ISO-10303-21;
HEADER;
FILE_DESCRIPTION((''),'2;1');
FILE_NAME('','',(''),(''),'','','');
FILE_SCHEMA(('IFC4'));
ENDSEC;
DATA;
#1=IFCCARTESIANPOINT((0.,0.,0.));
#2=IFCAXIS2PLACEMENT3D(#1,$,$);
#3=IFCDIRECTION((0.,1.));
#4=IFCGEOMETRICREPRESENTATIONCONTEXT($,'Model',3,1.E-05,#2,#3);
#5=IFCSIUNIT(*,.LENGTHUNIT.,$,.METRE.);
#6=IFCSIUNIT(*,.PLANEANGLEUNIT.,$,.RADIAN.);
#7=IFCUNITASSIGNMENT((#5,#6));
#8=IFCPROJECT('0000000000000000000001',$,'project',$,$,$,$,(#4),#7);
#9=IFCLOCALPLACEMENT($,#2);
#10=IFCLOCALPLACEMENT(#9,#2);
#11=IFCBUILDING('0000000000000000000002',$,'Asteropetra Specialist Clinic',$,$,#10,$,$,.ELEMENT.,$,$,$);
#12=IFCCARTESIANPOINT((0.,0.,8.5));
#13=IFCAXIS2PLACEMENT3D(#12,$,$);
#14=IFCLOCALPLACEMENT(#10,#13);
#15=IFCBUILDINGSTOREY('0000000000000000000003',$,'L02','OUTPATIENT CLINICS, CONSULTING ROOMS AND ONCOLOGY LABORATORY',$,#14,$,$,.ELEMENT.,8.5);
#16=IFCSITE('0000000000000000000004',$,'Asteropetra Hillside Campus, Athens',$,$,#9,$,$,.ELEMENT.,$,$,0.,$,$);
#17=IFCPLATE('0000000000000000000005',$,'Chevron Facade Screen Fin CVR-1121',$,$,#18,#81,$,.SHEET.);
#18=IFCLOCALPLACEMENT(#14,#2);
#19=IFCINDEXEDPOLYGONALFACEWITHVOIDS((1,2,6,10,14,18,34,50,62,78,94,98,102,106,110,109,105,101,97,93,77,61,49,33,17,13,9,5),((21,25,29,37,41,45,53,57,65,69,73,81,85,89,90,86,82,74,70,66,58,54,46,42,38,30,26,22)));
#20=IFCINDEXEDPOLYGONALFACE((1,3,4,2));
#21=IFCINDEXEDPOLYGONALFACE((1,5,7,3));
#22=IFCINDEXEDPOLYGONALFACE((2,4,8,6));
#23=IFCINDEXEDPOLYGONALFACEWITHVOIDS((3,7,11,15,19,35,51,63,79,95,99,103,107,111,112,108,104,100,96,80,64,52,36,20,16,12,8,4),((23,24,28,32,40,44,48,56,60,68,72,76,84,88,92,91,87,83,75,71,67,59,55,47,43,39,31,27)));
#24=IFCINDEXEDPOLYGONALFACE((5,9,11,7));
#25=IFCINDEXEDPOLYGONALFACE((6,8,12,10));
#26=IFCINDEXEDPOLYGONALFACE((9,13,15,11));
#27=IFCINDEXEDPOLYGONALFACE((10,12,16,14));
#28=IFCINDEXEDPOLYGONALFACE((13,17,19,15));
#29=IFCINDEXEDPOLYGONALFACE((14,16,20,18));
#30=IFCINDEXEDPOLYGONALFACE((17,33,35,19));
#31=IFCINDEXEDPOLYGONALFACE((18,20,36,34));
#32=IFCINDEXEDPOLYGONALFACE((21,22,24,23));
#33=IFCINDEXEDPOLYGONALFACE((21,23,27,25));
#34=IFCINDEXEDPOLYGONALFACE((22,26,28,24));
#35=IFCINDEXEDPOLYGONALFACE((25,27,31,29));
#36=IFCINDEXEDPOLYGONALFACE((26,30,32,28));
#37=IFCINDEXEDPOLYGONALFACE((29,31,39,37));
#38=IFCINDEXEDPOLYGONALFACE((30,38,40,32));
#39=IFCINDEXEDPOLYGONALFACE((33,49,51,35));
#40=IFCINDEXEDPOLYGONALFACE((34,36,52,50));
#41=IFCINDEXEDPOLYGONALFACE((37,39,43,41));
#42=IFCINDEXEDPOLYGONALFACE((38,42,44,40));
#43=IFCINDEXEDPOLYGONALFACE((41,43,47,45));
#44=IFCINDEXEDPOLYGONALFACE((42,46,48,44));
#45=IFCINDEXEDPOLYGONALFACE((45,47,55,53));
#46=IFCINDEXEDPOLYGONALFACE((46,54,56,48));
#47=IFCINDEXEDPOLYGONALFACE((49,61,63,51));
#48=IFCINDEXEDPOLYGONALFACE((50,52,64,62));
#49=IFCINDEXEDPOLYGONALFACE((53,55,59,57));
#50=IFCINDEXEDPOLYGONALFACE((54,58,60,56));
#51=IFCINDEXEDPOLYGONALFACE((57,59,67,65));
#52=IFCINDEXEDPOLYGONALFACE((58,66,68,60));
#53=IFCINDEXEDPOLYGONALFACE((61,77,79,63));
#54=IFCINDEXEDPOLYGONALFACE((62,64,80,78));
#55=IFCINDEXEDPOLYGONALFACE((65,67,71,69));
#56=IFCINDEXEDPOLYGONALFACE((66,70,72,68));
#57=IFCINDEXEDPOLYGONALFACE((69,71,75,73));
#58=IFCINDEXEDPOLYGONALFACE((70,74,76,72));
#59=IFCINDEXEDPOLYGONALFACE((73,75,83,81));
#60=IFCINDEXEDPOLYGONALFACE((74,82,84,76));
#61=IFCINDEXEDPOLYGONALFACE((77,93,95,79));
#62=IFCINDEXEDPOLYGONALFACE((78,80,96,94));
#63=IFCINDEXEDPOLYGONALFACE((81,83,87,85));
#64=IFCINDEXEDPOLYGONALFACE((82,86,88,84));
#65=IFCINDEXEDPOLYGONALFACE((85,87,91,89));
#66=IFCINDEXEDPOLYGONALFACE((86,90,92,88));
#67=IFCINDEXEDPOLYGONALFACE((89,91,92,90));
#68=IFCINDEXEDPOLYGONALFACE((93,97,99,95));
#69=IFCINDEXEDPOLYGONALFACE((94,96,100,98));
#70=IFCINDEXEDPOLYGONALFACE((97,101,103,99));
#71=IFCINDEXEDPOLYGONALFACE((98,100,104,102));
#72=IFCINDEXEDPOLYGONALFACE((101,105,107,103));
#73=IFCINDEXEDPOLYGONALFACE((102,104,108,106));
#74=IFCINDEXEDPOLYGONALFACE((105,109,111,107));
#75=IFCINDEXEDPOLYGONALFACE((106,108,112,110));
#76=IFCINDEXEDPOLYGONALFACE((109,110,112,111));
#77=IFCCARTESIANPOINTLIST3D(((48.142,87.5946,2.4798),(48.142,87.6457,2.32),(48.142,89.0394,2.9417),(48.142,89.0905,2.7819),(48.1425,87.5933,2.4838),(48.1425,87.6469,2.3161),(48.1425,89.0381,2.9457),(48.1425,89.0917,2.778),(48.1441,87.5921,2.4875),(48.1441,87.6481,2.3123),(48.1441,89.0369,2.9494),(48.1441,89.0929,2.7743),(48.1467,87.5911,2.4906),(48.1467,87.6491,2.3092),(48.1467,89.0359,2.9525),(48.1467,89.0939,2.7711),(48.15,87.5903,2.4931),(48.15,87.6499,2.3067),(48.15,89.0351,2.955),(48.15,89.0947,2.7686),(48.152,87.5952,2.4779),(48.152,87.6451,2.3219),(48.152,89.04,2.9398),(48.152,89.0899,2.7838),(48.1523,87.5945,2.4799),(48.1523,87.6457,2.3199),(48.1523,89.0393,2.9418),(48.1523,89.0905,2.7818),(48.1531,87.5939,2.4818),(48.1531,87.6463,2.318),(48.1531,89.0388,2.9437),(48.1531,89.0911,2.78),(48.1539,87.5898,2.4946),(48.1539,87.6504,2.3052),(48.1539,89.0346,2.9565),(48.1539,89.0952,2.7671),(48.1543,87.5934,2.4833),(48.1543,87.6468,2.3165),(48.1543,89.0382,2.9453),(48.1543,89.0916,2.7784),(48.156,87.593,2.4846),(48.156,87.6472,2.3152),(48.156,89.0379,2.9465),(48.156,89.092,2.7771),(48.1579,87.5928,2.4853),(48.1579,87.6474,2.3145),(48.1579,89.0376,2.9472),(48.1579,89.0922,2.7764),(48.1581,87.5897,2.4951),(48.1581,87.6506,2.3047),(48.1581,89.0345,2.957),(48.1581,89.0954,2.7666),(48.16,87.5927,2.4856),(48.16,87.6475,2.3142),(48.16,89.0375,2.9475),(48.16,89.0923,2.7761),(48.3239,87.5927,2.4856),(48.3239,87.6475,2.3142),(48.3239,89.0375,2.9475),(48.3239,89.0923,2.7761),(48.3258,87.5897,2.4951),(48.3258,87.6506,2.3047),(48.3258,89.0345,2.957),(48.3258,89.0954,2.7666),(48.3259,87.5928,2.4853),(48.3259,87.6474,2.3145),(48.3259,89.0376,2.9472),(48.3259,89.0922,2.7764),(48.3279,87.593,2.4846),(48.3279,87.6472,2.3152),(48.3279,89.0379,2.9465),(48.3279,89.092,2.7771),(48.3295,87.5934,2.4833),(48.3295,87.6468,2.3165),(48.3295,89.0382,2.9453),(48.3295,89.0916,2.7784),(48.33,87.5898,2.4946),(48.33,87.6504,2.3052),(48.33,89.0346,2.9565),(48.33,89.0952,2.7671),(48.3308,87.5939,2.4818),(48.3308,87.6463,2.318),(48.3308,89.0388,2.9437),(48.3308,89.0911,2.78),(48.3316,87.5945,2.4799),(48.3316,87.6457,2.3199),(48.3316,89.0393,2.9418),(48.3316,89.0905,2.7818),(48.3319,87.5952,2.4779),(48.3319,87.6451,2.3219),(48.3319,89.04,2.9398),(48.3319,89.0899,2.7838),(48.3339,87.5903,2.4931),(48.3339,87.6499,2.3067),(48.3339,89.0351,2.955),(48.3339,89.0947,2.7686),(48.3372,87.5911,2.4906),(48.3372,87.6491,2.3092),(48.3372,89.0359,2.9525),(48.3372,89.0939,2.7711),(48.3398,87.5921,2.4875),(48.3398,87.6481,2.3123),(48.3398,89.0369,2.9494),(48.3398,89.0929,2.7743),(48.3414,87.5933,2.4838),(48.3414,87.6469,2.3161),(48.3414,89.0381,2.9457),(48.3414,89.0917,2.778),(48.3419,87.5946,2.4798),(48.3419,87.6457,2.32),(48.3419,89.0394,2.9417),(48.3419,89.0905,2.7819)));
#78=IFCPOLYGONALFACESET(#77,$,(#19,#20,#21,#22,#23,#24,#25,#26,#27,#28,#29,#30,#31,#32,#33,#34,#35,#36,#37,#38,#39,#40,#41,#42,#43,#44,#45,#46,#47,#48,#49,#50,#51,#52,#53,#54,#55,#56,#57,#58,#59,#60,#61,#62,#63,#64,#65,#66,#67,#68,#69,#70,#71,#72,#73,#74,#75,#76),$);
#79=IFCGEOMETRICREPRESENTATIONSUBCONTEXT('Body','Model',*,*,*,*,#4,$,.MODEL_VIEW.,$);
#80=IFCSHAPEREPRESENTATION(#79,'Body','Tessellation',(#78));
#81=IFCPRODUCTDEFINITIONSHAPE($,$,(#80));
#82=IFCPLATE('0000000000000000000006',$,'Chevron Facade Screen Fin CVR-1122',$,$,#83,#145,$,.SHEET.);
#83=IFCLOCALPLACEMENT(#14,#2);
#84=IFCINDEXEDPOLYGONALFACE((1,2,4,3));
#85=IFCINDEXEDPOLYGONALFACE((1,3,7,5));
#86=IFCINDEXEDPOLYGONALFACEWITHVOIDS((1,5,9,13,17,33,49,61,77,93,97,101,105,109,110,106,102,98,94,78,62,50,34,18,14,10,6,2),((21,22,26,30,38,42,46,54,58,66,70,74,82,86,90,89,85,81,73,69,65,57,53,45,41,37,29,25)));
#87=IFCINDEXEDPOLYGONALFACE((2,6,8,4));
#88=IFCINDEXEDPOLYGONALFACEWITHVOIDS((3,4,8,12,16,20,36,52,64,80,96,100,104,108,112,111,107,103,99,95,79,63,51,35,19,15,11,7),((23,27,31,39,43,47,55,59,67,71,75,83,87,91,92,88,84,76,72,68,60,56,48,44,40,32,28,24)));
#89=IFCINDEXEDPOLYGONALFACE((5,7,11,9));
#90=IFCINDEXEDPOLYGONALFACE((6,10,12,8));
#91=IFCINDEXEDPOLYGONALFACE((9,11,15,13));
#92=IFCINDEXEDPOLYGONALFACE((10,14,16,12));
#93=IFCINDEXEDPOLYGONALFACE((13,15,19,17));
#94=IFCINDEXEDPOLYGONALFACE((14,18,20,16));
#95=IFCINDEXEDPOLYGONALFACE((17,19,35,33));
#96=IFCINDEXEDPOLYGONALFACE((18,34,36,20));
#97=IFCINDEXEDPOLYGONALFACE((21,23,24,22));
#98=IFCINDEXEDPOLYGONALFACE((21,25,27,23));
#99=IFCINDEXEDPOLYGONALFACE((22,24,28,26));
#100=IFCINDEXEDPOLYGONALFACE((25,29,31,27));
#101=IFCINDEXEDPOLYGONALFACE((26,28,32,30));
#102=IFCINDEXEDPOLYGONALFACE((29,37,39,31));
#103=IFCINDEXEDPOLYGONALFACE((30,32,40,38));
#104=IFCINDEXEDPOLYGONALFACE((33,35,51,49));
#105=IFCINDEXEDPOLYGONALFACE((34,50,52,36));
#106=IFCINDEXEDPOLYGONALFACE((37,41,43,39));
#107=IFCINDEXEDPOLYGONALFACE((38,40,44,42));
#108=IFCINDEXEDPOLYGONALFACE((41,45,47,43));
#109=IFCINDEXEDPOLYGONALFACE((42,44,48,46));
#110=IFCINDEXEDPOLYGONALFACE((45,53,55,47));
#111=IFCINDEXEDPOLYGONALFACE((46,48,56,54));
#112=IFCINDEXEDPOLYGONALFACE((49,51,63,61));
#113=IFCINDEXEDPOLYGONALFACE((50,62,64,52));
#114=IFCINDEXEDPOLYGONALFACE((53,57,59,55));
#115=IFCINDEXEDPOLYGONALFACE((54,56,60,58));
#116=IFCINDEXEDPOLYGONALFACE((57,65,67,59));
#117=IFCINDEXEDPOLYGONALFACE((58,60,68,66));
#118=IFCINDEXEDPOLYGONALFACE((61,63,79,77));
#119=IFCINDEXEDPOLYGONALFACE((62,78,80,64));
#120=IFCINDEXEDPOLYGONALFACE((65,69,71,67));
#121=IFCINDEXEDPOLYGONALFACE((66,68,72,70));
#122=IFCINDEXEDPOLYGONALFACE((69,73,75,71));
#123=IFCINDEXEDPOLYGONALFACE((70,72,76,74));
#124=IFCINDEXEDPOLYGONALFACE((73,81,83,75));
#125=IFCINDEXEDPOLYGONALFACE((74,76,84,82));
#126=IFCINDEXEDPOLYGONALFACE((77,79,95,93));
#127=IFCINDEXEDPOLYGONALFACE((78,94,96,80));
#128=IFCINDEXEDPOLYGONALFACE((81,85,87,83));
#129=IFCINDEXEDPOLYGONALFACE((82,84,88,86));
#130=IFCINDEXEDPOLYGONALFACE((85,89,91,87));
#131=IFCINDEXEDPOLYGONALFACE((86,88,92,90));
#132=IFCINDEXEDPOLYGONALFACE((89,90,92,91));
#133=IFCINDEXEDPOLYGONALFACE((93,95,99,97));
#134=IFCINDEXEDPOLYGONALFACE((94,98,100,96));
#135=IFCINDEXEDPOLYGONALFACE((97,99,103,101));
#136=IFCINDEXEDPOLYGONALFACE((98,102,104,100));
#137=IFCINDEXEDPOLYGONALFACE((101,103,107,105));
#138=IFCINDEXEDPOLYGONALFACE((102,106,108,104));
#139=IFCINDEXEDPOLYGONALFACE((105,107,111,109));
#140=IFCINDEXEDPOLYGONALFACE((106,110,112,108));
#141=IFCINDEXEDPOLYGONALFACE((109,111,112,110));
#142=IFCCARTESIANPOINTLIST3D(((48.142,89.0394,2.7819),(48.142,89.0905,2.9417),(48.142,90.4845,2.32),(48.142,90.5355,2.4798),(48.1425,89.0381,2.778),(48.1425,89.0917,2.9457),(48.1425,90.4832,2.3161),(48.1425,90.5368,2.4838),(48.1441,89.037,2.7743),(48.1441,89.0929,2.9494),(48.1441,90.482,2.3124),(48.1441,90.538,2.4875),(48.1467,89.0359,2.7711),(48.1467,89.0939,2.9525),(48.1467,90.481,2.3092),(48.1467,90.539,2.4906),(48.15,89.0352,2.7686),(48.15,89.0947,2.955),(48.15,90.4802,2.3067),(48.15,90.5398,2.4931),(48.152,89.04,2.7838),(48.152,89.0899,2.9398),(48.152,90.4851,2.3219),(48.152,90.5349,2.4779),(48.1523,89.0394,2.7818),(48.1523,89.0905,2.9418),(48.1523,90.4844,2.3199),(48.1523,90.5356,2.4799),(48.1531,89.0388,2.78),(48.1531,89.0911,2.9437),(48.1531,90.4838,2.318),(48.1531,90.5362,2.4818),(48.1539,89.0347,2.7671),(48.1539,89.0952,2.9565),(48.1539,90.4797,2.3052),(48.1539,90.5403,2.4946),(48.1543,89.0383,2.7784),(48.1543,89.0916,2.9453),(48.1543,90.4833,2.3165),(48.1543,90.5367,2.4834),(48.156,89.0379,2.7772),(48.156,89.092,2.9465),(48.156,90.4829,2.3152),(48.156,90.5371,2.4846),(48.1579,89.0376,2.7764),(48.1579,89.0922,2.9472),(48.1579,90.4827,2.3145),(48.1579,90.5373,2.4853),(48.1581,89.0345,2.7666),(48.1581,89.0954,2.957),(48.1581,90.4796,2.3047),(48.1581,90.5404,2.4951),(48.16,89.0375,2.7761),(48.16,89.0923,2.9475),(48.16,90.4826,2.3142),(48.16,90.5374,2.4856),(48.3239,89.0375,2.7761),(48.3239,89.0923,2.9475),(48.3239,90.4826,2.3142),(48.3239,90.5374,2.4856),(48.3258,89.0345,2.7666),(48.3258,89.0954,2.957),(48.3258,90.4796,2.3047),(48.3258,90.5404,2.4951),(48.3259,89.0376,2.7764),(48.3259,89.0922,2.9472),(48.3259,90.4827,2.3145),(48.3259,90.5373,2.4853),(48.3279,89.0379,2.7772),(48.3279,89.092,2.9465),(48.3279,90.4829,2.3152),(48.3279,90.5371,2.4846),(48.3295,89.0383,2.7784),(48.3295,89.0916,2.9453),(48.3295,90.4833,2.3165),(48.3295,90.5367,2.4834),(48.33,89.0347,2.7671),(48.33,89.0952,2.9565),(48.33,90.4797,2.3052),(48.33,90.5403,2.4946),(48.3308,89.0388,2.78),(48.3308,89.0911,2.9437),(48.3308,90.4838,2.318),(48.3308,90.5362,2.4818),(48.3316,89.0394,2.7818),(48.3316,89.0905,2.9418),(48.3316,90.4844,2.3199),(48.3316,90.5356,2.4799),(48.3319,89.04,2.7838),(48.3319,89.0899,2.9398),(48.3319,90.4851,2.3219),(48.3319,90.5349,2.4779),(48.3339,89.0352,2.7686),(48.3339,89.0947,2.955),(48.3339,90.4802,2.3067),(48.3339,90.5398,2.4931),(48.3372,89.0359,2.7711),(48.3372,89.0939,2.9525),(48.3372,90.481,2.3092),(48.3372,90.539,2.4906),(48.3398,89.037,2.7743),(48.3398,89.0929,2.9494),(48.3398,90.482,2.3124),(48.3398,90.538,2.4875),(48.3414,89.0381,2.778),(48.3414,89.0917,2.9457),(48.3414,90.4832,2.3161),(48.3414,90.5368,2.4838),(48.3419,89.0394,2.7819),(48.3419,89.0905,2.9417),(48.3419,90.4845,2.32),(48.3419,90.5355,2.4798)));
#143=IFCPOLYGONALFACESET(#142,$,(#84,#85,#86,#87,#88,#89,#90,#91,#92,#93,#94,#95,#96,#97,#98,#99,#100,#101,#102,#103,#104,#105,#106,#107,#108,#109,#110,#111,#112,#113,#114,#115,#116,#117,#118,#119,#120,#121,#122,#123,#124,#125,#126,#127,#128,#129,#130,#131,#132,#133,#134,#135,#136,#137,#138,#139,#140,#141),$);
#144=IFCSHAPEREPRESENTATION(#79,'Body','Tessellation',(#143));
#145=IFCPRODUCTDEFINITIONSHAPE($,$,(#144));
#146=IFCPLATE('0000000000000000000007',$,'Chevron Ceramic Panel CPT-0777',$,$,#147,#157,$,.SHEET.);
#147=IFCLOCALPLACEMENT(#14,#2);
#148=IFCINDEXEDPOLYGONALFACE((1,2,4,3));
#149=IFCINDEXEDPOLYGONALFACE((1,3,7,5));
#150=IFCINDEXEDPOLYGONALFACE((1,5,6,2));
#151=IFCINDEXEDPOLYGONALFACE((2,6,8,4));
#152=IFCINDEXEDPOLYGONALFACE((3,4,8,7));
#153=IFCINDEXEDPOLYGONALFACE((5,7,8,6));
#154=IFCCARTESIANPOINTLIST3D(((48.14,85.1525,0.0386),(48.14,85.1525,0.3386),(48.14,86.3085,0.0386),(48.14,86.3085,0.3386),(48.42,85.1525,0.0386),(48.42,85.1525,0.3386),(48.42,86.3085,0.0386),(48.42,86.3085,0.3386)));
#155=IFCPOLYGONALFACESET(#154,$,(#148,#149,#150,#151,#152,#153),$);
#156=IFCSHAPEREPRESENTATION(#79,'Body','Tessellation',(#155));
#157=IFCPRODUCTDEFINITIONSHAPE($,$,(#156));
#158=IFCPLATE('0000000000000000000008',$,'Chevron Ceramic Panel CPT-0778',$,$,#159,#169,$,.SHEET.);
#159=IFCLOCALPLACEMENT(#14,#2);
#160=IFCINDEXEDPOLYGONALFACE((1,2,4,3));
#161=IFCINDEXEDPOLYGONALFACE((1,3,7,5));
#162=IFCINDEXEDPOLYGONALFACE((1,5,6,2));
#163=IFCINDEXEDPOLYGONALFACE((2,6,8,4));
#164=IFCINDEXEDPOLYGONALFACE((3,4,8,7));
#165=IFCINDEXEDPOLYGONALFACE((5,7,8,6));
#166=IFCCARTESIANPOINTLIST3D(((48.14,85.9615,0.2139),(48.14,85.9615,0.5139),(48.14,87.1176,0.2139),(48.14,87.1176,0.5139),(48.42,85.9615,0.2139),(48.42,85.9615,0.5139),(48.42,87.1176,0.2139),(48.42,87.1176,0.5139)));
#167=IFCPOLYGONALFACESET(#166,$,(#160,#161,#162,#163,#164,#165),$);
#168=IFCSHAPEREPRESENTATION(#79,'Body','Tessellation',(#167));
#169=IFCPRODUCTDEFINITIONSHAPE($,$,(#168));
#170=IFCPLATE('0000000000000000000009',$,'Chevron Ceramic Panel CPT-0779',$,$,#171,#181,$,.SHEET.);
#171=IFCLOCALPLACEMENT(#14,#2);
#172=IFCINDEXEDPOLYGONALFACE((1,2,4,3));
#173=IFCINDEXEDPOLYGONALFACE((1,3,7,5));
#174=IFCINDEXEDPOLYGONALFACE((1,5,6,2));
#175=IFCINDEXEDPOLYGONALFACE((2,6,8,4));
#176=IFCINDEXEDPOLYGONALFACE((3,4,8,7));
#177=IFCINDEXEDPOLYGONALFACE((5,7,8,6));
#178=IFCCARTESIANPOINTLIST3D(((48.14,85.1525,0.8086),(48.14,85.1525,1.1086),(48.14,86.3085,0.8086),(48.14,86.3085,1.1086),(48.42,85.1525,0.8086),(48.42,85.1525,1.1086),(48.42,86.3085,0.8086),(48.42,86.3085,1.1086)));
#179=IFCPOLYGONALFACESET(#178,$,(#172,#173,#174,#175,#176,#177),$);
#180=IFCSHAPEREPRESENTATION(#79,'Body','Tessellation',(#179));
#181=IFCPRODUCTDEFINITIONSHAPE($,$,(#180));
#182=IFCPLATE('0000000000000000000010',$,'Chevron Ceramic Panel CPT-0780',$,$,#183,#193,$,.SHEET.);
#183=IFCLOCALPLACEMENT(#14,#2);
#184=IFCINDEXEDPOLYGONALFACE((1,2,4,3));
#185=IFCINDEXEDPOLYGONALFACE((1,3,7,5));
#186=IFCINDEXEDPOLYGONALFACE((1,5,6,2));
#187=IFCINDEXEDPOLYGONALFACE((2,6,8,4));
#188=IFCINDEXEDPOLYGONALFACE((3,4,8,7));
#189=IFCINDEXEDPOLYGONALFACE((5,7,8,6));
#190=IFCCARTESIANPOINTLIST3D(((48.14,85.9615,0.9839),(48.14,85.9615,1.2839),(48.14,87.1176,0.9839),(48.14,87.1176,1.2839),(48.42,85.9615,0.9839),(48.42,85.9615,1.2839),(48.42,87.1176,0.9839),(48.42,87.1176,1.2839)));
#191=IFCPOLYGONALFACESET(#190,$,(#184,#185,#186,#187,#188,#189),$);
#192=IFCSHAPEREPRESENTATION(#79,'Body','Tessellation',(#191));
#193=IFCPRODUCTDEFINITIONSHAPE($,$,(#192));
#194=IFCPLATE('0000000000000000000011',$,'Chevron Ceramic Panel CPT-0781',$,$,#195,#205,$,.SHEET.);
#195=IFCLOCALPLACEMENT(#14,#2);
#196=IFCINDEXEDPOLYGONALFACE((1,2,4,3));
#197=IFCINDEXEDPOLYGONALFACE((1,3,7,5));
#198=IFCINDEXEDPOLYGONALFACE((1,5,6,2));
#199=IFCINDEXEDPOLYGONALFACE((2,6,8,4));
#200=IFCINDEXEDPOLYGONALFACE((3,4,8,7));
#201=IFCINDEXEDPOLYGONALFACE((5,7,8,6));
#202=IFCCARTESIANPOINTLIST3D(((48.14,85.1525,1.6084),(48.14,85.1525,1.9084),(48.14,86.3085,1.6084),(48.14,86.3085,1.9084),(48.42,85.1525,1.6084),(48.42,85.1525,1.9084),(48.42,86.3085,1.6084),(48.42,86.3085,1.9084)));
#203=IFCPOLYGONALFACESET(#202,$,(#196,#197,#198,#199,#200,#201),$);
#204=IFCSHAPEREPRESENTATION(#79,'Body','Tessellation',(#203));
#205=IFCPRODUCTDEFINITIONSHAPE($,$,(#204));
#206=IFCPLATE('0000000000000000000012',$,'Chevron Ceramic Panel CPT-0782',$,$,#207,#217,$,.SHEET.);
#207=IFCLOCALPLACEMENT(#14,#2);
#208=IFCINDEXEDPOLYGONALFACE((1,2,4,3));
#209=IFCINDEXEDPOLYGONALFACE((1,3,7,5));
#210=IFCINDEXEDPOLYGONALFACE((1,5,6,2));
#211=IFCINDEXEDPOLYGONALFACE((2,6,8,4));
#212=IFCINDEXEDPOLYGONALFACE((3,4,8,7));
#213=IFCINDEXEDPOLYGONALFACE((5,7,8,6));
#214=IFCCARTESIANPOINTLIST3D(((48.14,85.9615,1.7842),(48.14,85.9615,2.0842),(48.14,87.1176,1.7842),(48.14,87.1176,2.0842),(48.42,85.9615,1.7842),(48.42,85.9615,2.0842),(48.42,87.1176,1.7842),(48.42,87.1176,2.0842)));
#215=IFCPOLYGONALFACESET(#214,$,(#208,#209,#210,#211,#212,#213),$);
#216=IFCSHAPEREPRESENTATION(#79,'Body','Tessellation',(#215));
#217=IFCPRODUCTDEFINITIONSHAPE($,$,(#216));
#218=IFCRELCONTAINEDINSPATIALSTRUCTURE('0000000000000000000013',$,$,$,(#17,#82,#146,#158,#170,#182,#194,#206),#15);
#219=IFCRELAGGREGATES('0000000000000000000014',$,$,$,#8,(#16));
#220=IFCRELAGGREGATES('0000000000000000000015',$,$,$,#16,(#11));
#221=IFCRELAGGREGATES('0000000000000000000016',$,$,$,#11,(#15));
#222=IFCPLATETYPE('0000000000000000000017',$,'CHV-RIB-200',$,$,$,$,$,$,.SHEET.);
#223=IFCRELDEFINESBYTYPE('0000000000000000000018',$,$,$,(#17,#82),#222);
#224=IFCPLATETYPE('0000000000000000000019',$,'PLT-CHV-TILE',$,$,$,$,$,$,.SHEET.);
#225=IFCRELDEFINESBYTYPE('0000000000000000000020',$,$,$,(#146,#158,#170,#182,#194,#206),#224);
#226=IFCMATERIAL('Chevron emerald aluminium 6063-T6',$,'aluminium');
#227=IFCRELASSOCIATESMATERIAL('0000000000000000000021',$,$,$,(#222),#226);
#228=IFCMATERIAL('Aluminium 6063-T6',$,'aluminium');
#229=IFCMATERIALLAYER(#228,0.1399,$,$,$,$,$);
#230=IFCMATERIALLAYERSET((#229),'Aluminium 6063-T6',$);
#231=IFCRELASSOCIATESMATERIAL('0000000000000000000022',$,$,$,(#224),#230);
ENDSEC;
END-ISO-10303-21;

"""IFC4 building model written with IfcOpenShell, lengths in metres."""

from ifc_helpers import new_model, si_unit, direction, frame, origin, origin_2d, place, context, subcontext, project, spatial, rectangle, hollow_rectangle, extrude, material, layer, layer_set, material_profile, profile_set, type_object, element, save


model = new_model("IFC4")

# Units and contexts
model_context = context("Model", 3, precision=1e-05, world=origin(), true_north=direction((0.0, 1.0)))
body_context = subcontext(model_context, "Body", "Model", "MODEL_VIEW")
ifc_project = project(units=[si_unit("LENGTHUNIT", "METRE"), si_unit("PLANEANGLEUNIT", "RADIAN")], contexts=[model_context])

# Site, building, storey
site_placement = place(None, origin())
site = spatial("IfcSite", under=ifc_project, at=site_placement, Name="Asteropetra Hillside Campus, Athens", CompositionType="ELEMENT", RefElevation=0.0)
building_placement = place(site_placement, origin())
building = spatial("IfcBuilding", under=site, at=building_placement, Name="Asteropetra Specialist Clinic", CompositionType="ELEMENT")
storey_placement = place(building_placement, frame((0.0, 0.0, 8.5)))
storey = spatial("IfcBuildingStorey", under=building, at=storey_placement, Name="L02", Description="OUTPATIENT CLINICS, CONSULTING ROOMS AND ONCOLOGY LABORATORY", CompositionType="ELEMENT", Elevation=8.5)

# Plates
ifc_material_1 = material(Name="Chevron emerald aluminium 6063-T6", Category="aluminium")
ifc_material_profile_1 = material_profile(ifc_material_1, hollow_rectangle(XDim=0.2, YDim=0.2, WallThickness=0.01, InnerFilletRadius=0.0081, OuterFilletRadius=0.0161, at=origin_2d()), Name="SHS 200x200x10.0")
ifc_profile_set_1 = profile_set([ifc_material_profile_1], Name="Chevron emerald aluminium 6063-T6")
plate_type_1 = type_object("IfcPlateType", Name="CHV-RIB-200", PredefinedType="SHEET", material=ifc_profile_set_1)
plate_1_placement = place(storey_placement, frame((48.2419, 87.6201, 2.3999), z_axis=(0.0, 0.952506, 0.304519), x_axis=(-1.0, 0.0, 0.0)))
element("IfcPlate", 1, at=plate_1_placement, inside=storey, type_object=plate_type_1, Name="Chevron Facade Screen Fin CVR-1121", PredefinedType="SHEET", context=body_context, shape_type="SweptSolid", body=[
    extrude(hollow_rectangle(XDim=0.2, YDim=0.2, WallThickness=0.01, InnerFilletRadius=0.0081, OuterFilletRadius=0.0161, at=origin_2d()), origin(), (0.0, 0.0, 1.0), 1.5168),
])
plate_2_placement = place(storey_placement, frame((48.2419, 89.0649, 2.8618), z_axis=(0.0, 0.952521, -0.304472), x_axis=(-1.0, 0.0, 0.0)))
element("IfcPlate", 2, at=plate_2_placement, inside=storey, type_object=plate_type_1, Name="Chevron Facade Screen Fin CVR-1122", PredefinedType="SHEET", context=body_context, shape_type="SweptSolid", body=[
    extrude(hollow_rectangle(XDim=0.2, YDim=0.2, WallThickness=0.01, InnerFilletRadius=0.0081, OuterFilletRadius=0.0161, at=origin_2d()), origin(), (0.0, 0.0, 1.0), 1.5171),
])
ifc_material_2 = material(Name="Aluminium 6063-T6", Category="aluminium")
ifc_layer_1 = layer(ifc_material_2, 0.1399)
ifc_layer_set_1 = layer_set([ifc_layer_1], Name="Aluminium 6063-T6")
plate_type_2 = type_object("IfcPlateType", Name="PLT-CHV-TILE", PredefinedType="SHEET", material=ifc_layer_set_1)
for number, where, z_axis, x_axis, name in (
    (3, (48.28, 85.7305, 0.0386), (0.0, 0.0, 1.0), (1.0, 0.0, 0.0), "Chevron Ceramic Panel CPT-0777"),
    (4, (48.28, 86.5396, 0.2139), (0.0, 0.0, 1.0), (1.0, 0.0, 0.0), "Chevron Ceramic Panel CPT-0778"),
    (5, (48.28, 85.7305, 0.8086), (0.0, 0.0, 1.0), (1.0, 0.0, 0.0), "Chevron Ceramic Panel CPT-0779"),
    (6, (48.28, 86.5396, 0.9839), (0.0, 0.0, 1.0), (1.0, 0.0, 0.0), "Chevron Ceramic Panel CPT-0780"),
    (7, (48.28, 85.7305, 1.6084), (0.0, 0.0, 1.0), (1.0, 0.0, 0.0), "Chevron Ceramic Panel CPT-0781"),
    (8, (48.28, 86.5396, 1.7842), (0.0, 0.0, 1.0), (1.0, 0.0, 0.0), "Chevron Ceramic Panel CPT-0782"),
):
    element("IfcPlate", number, at=place(storey_placement, frame(where, z_axis=z_axis, x_axis=x_axis)), inside=storey, type_object=plate_type_2, Name=name, PredefinedType="SHEET", context=body_context, shape_type="SweptSolid", body=[
        extrude(rectangle(XDim=0.28, YDim=1.156, at=origin_2d()), origin(), (0.0, 0.0, 1.0), 0.3),
    ])

save(model, "model.ifc")
